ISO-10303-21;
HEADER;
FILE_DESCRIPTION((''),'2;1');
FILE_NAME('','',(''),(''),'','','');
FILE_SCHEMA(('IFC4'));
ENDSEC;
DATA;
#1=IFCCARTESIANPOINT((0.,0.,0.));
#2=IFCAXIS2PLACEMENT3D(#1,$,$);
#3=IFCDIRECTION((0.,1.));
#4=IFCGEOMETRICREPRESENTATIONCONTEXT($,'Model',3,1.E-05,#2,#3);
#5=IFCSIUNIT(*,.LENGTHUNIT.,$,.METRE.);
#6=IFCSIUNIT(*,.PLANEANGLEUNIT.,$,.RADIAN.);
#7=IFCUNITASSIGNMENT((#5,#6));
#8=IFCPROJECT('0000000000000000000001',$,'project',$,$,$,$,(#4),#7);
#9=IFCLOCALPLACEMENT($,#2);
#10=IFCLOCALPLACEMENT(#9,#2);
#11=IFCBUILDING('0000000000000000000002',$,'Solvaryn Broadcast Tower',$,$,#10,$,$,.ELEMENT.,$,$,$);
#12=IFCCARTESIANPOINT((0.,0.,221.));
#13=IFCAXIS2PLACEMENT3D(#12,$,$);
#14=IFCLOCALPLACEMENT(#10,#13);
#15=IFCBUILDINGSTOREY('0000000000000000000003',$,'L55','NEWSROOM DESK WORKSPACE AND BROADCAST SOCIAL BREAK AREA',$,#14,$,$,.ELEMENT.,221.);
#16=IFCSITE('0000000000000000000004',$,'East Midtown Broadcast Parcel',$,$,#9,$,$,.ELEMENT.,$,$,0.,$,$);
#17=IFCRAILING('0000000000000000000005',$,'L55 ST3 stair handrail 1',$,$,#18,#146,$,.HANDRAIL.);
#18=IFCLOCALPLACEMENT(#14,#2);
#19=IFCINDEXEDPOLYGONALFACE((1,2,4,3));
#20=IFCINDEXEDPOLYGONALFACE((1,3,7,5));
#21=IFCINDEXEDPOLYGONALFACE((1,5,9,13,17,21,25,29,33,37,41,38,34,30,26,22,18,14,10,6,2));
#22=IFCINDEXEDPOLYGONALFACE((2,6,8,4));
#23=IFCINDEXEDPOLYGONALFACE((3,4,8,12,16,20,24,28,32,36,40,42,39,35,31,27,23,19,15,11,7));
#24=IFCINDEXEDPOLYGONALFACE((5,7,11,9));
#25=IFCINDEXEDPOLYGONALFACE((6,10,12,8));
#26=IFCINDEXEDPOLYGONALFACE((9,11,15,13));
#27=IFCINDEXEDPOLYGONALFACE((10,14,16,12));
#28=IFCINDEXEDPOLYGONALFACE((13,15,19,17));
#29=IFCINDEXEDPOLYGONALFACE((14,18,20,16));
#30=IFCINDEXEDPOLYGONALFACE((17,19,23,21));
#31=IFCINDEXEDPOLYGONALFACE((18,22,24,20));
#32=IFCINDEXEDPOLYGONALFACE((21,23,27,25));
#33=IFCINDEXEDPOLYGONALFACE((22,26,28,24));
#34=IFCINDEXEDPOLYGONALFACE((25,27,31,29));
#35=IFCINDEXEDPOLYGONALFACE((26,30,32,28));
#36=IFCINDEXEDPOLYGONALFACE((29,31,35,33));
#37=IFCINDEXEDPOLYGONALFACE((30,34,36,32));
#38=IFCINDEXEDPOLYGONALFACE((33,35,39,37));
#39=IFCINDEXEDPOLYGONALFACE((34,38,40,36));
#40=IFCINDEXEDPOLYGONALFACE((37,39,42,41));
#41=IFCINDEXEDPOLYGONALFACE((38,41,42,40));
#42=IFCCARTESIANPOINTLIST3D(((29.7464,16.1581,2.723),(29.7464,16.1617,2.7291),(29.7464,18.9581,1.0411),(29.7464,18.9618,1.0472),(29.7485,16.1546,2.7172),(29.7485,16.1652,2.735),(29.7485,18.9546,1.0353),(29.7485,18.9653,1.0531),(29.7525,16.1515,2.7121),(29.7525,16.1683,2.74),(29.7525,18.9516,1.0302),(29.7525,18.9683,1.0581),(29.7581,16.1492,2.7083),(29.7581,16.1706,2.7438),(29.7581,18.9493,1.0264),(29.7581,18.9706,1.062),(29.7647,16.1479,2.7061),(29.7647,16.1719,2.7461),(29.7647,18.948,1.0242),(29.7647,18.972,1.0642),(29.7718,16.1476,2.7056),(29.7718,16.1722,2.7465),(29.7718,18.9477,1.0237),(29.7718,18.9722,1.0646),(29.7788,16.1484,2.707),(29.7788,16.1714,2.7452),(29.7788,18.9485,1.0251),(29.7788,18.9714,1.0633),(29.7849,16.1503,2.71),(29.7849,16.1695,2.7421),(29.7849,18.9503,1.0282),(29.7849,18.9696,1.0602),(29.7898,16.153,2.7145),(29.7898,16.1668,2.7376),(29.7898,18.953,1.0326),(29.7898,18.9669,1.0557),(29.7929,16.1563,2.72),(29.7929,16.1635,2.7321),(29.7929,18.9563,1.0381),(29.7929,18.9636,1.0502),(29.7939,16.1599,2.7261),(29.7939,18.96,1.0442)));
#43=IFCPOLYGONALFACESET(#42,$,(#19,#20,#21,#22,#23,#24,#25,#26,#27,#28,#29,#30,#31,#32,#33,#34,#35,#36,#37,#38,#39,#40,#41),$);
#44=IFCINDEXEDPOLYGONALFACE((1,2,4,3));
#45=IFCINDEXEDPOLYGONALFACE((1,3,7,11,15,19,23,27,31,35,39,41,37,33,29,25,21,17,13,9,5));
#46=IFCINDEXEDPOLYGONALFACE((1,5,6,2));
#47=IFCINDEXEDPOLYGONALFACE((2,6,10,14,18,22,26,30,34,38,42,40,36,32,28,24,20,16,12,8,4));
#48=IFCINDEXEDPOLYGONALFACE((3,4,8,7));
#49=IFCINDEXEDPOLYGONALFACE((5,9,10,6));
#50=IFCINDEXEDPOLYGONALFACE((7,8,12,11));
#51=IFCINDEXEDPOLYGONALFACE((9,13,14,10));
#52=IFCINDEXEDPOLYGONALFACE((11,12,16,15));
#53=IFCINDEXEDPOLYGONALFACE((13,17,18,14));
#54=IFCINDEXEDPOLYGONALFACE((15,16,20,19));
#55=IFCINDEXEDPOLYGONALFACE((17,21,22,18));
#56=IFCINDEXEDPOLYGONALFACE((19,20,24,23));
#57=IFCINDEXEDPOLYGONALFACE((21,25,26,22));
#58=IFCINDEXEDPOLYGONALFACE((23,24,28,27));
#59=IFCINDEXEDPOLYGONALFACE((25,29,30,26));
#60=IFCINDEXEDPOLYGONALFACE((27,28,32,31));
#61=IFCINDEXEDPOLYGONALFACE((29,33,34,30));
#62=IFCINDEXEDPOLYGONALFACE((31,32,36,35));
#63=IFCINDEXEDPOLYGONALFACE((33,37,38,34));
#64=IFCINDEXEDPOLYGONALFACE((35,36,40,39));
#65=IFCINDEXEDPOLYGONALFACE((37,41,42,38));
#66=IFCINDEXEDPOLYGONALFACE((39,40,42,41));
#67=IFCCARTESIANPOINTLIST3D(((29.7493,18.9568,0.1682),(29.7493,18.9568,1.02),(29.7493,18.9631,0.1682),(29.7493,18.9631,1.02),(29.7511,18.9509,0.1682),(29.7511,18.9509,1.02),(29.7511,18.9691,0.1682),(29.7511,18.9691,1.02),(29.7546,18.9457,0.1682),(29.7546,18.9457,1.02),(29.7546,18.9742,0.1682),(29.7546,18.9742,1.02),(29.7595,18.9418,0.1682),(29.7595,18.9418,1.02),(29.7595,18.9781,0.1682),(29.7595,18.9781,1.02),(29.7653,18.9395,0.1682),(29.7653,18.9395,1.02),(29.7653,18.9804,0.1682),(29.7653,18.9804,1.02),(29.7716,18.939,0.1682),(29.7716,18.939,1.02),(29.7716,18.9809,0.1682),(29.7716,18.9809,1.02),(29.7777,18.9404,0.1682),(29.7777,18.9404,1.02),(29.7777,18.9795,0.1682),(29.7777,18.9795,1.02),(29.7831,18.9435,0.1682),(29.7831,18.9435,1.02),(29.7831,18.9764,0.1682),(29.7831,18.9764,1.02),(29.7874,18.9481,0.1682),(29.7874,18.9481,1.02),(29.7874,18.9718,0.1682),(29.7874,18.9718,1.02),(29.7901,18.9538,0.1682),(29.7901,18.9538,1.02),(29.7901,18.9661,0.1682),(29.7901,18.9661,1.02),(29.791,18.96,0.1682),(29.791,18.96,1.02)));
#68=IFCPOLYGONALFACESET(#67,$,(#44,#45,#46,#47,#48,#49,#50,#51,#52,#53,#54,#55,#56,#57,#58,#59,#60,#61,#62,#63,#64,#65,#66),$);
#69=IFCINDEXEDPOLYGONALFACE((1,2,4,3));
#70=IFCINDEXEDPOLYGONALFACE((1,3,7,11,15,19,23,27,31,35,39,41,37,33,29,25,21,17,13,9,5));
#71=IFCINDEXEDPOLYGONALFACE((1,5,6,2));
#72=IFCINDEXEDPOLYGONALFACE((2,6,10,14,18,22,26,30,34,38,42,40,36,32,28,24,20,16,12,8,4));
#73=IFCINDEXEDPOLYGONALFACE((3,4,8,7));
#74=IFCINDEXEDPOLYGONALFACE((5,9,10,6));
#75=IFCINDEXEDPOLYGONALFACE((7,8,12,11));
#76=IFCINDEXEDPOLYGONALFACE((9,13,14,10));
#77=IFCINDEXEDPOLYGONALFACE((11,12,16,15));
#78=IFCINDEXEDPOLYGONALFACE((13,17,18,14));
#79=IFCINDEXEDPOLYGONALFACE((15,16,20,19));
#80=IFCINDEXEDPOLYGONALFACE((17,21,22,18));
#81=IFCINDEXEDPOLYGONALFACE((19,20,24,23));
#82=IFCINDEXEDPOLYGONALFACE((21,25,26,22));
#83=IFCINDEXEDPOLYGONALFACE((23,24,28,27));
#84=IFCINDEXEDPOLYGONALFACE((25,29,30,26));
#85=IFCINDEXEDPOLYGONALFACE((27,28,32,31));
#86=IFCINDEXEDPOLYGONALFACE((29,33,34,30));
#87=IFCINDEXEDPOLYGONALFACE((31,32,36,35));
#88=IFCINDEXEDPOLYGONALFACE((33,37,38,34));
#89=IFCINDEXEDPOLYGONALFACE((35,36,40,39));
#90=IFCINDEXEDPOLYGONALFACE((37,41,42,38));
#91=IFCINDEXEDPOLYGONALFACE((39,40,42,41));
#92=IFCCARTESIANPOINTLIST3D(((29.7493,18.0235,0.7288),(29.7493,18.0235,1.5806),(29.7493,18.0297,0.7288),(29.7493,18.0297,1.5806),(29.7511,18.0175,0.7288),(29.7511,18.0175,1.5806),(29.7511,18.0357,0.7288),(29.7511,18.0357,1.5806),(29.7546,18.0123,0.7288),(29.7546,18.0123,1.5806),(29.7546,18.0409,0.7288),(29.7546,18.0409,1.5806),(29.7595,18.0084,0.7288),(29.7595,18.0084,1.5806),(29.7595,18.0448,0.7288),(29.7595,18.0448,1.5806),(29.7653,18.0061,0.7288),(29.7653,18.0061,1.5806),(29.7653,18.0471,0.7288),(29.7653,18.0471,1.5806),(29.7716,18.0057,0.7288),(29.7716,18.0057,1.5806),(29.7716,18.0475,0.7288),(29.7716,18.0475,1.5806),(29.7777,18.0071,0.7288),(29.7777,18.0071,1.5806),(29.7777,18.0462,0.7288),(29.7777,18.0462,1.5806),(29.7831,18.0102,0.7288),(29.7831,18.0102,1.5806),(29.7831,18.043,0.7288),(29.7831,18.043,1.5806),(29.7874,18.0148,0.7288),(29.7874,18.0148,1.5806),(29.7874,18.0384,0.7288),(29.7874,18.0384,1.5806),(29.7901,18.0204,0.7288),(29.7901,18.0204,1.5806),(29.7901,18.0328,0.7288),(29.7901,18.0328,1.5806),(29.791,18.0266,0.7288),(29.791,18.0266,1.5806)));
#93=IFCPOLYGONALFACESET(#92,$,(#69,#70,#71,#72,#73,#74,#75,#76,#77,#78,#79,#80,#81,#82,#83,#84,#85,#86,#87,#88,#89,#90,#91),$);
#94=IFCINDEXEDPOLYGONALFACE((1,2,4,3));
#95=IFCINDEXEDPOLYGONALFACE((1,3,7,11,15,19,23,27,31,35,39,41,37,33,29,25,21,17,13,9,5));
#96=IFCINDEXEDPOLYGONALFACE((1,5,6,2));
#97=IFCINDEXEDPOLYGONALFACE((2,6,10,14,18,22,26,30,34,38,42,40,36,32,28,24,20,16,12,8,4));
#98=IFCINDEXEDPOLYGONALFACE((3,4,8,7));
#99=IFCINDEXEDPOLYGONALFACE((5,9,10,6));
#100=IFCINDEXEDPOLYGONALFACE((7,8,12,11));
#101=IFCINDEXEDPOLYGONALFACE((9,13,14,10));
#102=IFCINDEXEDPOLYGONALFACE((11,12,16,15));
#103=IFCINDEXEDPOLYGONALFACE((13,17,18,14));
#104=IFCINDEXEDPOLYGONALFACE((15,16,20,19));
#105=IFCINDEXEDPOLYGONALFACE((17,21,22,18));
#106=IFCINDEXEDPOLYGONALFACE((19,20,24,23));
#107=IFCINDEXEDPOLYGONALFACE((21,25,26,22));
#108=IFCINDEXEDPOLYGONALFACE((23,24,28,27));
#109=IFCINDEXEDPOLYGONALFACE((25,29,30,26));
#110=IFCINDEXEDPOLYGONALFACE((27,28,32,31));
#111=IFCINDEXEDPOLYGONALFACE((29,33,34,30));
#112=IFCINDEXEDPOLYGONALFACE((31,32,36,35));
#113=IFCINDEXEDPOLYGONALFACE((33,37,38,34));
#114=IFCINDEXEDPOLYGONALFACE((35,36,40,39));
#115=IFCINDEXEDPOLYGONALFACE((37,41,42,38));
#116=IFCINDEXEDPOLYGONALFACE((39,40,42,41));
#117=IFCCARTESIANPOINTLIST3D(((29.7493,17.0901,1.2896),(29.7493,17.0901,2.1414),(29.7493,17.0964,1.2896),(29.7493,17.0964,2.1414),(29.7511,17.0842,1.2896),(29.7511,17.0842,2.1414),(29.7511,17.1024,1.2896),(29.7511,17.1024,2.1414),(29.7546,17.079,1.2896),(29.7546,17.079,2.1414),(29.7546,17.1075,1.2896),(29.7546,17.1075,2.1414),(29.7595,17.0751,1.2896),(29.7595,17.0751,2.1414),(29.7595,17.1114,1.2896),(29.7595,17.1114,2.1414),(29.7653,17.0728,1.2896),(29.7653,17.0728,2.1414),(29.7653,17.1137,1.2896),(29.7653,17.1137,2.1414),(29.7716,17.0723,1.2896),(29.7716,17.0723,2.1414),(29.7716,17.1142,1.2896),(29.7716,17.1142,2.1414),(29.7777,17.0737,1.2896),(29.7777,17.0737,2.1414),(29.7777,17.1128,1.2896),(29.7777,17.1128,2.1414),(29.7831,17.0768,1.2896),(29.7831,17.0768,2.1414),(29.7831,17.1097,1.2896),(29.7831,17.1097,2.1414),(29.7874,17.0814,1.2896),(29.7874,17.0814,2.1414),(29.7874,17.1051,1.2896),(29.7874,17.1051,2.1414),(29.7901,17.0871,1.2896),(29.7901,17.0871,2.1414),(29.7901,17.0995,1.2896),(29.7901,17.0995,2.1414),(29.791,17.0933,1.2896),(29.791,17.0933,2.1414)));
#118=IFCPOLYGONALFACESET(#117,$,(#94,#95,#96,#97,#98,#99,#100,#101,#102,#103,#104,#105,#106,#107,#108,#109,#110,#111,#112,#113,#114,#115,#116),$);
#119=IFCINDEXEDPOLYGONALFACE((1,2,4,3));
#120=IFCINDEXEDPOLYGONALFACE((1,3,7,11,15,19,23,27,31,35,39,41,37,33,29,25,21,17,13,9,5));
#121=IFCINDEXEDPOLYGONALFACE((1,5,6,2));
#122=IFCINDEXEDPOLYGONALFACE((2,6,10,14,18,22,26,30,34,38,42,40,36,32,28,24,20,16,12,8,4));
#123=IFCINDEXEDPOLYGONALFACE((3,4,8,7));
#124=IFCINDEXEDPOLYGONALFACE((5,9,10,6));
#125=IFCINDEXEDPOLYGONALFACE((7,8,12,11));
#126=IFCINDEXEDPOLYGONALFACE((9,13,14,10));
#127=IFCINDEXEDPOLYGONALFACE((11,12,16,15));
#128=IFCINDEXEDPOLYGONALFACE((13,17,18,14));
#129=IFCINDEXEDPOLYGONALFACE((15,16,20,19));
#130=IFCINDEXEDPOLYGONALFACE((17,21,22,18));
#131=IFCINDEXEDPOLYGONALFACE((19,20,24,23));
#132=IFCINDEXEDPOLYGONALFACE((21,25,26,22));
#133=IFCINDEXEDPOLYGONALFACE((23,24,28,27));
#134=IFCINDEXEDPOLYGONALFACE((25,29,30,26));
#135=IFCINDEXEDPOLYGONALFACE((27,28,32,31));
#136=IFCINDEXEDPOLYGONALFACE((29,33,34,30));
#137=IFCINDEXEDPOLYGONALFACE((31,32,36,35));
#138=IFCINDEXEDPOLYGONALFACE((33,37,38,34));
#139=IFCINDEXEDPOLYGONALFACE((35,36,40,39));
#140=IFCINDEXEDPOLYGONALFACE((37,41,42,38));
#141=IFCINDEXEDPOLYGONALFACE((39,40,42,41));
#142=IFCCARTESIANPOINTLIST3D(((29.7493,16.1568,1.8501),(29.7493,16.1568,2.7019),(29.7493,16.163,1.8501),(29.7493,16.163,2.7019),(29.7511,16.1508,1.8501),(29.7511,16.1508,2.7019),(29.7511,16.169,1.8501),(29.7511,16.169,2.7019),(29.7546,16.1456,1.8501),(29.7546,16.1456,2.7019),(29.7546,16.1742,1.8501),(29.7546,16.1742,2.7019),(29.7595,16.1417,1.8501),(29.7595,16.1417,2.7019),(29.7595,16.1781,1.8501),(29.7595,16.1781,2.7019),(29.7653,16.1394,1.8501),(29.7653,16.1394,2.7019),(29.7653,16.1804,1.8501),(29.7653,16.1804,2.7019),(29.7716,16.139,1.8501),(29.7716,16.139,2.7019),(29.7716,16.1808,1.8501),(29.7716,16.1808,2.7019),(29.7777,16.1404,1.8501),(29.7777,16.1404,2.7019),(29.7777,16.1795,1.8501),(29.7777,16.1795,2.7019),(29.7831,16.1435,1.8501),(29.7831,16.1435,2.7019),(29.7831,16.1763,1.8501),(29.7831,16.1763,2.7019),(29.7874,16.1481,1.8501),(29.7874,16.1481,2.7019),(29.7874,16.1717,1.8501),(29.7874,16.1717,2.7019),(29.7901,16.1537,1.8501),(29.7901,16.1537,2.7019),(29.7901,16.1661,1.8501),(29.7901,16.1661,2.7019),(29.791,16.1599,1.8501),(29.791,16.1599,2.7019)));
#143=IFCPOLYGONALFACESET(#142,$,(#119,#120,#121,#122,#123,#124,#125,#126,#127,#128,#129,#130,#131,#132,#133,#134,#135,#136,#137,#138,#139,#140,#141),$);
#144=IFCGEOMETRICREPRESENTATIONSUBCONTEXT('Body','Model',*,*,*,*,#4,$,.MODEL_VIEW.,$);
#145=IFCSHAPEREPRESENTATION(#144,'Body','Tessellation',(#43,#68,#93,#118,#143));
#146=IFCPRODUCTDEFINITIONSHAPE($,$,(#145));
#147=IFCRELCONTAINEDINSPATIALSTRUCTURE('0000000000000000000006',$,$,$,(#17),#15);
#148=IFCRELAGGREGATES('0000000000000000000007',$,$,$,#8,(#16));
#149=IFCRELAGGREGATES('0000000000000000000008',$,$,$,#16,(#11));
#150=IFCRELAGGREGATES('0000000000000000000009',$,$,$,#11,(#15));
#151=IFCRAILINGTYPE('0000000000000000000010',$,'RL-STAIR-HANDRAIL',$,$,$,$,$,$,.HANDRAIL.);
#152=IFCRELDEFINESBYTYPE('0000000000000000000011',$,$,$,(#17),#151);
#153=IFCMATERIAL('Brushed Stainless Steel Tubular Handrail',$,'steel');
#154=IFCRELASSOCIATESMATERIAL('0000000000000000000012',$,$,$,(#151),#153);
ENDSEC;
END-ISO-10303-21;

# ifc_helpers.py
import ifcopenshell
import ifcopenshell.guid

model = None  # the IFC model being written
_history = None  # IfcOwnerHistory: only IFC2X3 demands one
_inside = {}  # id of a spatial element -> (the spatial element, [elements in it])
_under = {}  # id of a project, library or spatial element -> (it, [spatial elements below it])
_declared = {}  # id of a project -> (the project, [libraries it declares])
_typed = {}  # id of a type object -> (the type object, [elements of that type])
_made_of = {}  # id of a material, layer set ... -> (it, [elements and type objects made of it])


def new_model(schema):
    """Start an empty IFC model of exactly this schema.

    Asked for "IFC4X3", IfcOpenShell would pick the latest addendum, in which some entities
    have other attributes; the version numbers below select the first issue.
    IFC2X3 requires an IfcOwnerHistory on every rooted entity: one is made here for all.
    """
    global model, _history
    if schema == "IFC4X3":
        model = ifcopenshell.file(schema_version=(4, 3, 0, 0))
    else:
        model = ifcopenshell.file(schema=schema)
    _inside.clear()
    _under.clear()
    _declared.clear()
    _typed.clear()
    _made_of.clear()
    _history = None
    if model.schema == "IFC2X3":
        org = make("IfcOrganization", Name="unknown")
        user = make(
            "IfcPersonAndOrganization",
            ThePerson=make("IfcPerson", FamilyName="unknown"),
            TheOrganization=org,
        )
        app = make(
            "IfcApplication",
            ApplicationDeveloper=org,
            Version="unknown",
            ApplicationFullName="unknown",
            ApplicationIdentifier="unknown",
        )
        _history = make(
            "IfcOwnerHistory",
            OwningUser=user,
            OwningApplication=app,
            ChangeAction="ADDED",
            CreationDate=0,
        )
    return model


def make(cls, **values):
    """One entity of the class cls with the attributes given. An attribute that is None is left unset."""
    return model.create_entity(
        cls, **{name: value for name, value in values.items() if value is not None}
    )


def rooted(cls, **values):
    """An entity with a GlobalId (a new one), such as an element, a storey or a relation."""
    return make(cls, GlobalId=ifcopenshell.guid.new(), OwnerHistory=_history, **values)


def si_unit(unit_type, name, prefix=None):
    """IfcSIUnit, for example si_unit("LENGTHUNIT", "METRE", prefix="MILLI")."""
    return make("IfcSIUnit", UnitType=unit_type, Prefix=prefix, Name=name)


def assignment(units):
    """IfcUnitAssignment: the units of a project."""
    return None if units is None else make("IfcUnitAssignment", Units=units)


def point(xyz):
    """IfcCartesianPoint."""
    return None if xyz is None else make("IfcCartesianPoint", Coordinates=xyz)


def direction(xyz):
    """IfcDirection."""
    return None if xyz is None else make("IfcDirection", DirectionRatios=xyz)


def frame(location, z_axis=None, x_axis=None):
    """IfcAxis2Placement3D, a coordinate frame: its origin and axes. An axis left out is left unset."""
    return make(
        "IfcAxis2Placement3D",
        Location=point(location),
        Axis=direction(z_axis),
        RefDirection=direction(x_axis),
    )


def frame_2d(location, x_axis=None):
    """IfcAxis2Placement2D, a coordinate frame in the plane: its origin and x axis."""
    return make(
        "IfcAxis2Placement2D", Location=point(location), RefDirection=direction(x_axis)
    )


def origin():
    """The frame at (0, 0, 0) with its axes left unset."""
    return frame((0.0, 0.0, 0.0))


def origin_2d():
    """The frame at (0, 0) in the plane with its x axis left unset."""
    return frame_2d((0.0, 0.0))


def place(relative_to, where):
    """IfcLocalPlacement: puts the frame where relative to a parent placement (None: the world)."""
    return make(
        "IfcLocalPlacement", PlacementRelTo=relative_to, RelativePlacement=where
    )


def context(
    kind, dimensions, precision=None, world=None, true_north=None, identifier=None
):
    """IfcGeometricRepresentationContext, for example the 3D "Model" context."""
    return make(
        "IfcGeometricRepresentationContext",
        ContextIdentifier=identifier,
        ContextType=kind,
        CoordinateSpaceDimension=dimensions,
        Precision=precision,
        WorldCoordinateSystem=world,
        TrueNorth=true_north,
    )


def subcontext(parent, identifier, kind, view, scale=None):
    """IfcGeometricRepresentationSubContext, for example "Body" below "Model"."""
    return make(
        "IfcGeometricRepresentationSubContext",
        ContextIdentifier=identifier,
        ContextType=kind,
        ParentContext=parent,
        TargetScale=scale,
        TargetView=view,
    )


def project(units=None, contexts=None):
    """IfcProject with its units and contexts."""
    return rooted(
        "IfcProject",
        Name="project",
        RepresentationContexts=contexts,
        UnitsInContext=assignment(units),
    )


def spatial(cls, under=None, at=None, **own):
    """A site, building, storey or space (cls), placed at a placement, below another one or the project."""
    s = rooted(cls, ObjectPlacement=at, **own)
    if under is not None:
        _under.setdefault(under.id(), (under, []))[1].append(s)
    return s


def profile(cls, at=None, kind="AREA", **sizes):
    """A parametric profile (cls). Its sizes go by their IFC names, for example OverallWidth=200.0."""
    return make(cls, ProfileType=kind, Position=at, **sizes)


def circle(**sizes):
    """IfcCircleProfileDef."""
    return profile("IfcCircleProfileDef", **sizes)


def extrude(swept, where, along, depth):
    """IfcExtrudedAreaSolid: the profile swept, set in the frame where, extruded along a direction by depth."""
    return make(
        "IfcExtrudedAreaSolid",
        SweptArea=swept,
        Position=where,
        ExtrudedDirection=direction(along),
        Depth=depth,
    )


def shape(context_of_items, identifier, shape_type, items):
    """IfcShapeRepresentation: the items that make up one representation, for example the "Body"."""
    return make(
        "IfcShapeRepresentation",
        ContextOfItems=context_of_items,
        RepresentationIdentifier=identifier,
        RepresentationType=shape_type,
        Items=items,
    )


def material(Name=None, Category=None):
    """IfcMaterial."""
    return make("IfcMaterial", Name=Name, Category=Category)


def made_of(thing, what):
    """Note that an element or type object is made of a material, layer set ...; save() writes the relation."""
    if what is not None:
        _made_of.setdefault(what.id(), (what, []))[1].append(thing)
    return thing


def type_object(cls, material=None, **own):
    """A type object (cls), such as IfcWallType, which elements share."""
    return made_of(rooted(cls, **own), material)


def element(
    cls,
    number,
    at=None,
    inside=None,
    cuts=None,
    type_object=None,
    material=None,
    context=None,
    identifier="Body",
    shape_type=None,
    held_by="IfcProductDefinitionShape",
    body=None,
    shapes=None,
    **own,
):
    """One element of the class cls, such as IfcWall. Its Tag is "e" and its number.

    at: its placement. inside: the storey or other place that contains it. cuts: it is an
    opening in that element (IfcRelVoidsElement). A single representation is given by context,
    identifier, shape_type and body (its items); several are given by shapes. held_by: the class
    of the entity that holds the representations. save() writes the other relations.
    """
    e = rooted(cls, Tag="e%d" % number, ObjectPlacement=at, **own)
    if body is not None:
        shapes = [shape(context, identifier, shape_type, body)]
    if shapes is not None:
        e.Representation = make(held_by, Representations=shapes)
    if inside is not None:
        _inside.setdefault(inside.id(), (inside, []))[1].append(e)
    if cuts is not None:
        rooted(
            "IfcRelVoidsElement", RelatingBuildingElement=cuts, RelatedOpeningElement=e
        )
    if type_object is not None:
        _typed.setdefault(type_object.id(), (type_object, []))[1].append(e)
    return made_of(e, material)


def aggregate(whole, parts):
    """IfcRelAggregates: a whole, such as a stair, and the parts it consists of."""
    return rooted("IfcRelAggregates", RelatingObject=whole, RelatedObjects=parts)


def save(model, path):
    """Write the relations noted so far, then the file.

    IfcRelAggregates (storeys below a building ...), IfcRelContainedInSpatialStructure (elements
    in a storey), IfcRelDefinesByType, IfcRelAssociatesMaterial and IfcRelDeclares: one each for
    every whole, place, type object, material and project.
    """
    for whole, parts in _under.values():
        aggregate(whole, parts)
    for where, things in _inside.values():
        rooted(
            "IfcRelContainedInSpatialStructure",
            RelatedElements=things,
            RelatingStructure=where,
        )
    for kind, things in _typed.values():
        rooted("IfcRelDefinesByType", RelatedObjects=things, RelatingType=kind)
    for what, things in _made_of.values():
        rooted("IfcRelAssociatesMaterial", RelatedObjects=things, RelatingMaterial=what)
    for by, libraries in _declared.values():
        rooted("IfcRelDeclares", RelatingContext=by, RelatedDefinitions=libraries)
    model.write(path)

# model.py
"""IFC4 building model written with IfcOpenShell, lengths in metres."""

from ifc_helpers import new_model, si_unit, direction, frame, origin, origin_2d, place, context, subcontext, project, spatial, circle, extrude, material, type_object, element, save


model = new_model("IFC4")

# Units and contexts
model_context = context("Model", 3, precision=1e-05, world=origin(), true_north=direction((0.0, 1.0)))
body_context = subcontext(model_context, "Body", "Model", "MODEL_VIEW")
ifc_project = project(units=[si_unit("LENGTHUNIT", "METRE"), si_unit("PLANEANGLEUNIT", "RADIAN")], contexts=[model_context])

# Site, building, storey
site_placement = place(None, origin())
site = spatial("IfcSite", under=ifc_project, at=site_placement, Name="East Midtown Broadcast Parcel", CompositionType="ELEMENT", RefElevation=0.0)
building_placement = place(site_placement, origin())
building = spatial("IfcBuilding", under=site, at=building_placement, Name="Solvaryn Broadcast Tower", CompositionType="ELEMENT")
storey_placement = place(building_placement, frame((0.0, 0.0, 221.0)))
storey = spatial("IfcBuildingStorey", under=building, at=storey_placement, Name="L55", Description="NEWSROOM DESK WORKSPACE AND BROADCAST SOCIAL BREAK AREA", CompositionType="ELEMENT", Elevation=221.0)

# Railing
ifc_material_1 = material(Name="Brushed Stainless Steel Tubular Handrail", Category="steel")
railing_type_1 = type_object("IfcRailingType", Name="RL-STAIR-HANDRAIL", PredefinedType="HANDRAIL", material=ifc_material_1)
railing_1_placement = place(storey_placement, frame((29.77, 18.96, 0.1682)))
element("IfcRailing", 1, at=railing_1_placement, inside=storey, type_object=railing_type_1, Name="L55 ST3 stair handrail 1", PredefinedType="HANDRAIL", context=body_context, shape_type="SweptSolid", body=[
    extrude(circle(Radius=0.0239, at=origin_2d()), frame((0.0, 0.0, 0.876), z_axis=(0.0, -0.857242, 0.514913), x_axis=(1.0, 0.0, 0.0)), (0.0, 0.0, 1.0), 3.2664),
    extrude(circle(Radius=0.021, at=origin_2d()), origin(), (0.0, 0.0, 1.0), 0.8518),
    extrude(circle(Radius=0.021, at=origin_2d()), frame((0.0, -0.9333, 0.5605)), (0.0, 0.0, 1.0), 0.8518),
    extrude(circle(Radius=0.021, at=origin_2d()), frame((0.0, -1.8667, 1.1213)), (0.0, 0.0, 1.0), 0.8518),
    extrude(circle(Radius=0.021, at=origin_2d()), frame((0.0, -2.8, 1.6819)), (0.0, 0.0, 1.0), 0.8518),
])

save(model, "model.ifc")
